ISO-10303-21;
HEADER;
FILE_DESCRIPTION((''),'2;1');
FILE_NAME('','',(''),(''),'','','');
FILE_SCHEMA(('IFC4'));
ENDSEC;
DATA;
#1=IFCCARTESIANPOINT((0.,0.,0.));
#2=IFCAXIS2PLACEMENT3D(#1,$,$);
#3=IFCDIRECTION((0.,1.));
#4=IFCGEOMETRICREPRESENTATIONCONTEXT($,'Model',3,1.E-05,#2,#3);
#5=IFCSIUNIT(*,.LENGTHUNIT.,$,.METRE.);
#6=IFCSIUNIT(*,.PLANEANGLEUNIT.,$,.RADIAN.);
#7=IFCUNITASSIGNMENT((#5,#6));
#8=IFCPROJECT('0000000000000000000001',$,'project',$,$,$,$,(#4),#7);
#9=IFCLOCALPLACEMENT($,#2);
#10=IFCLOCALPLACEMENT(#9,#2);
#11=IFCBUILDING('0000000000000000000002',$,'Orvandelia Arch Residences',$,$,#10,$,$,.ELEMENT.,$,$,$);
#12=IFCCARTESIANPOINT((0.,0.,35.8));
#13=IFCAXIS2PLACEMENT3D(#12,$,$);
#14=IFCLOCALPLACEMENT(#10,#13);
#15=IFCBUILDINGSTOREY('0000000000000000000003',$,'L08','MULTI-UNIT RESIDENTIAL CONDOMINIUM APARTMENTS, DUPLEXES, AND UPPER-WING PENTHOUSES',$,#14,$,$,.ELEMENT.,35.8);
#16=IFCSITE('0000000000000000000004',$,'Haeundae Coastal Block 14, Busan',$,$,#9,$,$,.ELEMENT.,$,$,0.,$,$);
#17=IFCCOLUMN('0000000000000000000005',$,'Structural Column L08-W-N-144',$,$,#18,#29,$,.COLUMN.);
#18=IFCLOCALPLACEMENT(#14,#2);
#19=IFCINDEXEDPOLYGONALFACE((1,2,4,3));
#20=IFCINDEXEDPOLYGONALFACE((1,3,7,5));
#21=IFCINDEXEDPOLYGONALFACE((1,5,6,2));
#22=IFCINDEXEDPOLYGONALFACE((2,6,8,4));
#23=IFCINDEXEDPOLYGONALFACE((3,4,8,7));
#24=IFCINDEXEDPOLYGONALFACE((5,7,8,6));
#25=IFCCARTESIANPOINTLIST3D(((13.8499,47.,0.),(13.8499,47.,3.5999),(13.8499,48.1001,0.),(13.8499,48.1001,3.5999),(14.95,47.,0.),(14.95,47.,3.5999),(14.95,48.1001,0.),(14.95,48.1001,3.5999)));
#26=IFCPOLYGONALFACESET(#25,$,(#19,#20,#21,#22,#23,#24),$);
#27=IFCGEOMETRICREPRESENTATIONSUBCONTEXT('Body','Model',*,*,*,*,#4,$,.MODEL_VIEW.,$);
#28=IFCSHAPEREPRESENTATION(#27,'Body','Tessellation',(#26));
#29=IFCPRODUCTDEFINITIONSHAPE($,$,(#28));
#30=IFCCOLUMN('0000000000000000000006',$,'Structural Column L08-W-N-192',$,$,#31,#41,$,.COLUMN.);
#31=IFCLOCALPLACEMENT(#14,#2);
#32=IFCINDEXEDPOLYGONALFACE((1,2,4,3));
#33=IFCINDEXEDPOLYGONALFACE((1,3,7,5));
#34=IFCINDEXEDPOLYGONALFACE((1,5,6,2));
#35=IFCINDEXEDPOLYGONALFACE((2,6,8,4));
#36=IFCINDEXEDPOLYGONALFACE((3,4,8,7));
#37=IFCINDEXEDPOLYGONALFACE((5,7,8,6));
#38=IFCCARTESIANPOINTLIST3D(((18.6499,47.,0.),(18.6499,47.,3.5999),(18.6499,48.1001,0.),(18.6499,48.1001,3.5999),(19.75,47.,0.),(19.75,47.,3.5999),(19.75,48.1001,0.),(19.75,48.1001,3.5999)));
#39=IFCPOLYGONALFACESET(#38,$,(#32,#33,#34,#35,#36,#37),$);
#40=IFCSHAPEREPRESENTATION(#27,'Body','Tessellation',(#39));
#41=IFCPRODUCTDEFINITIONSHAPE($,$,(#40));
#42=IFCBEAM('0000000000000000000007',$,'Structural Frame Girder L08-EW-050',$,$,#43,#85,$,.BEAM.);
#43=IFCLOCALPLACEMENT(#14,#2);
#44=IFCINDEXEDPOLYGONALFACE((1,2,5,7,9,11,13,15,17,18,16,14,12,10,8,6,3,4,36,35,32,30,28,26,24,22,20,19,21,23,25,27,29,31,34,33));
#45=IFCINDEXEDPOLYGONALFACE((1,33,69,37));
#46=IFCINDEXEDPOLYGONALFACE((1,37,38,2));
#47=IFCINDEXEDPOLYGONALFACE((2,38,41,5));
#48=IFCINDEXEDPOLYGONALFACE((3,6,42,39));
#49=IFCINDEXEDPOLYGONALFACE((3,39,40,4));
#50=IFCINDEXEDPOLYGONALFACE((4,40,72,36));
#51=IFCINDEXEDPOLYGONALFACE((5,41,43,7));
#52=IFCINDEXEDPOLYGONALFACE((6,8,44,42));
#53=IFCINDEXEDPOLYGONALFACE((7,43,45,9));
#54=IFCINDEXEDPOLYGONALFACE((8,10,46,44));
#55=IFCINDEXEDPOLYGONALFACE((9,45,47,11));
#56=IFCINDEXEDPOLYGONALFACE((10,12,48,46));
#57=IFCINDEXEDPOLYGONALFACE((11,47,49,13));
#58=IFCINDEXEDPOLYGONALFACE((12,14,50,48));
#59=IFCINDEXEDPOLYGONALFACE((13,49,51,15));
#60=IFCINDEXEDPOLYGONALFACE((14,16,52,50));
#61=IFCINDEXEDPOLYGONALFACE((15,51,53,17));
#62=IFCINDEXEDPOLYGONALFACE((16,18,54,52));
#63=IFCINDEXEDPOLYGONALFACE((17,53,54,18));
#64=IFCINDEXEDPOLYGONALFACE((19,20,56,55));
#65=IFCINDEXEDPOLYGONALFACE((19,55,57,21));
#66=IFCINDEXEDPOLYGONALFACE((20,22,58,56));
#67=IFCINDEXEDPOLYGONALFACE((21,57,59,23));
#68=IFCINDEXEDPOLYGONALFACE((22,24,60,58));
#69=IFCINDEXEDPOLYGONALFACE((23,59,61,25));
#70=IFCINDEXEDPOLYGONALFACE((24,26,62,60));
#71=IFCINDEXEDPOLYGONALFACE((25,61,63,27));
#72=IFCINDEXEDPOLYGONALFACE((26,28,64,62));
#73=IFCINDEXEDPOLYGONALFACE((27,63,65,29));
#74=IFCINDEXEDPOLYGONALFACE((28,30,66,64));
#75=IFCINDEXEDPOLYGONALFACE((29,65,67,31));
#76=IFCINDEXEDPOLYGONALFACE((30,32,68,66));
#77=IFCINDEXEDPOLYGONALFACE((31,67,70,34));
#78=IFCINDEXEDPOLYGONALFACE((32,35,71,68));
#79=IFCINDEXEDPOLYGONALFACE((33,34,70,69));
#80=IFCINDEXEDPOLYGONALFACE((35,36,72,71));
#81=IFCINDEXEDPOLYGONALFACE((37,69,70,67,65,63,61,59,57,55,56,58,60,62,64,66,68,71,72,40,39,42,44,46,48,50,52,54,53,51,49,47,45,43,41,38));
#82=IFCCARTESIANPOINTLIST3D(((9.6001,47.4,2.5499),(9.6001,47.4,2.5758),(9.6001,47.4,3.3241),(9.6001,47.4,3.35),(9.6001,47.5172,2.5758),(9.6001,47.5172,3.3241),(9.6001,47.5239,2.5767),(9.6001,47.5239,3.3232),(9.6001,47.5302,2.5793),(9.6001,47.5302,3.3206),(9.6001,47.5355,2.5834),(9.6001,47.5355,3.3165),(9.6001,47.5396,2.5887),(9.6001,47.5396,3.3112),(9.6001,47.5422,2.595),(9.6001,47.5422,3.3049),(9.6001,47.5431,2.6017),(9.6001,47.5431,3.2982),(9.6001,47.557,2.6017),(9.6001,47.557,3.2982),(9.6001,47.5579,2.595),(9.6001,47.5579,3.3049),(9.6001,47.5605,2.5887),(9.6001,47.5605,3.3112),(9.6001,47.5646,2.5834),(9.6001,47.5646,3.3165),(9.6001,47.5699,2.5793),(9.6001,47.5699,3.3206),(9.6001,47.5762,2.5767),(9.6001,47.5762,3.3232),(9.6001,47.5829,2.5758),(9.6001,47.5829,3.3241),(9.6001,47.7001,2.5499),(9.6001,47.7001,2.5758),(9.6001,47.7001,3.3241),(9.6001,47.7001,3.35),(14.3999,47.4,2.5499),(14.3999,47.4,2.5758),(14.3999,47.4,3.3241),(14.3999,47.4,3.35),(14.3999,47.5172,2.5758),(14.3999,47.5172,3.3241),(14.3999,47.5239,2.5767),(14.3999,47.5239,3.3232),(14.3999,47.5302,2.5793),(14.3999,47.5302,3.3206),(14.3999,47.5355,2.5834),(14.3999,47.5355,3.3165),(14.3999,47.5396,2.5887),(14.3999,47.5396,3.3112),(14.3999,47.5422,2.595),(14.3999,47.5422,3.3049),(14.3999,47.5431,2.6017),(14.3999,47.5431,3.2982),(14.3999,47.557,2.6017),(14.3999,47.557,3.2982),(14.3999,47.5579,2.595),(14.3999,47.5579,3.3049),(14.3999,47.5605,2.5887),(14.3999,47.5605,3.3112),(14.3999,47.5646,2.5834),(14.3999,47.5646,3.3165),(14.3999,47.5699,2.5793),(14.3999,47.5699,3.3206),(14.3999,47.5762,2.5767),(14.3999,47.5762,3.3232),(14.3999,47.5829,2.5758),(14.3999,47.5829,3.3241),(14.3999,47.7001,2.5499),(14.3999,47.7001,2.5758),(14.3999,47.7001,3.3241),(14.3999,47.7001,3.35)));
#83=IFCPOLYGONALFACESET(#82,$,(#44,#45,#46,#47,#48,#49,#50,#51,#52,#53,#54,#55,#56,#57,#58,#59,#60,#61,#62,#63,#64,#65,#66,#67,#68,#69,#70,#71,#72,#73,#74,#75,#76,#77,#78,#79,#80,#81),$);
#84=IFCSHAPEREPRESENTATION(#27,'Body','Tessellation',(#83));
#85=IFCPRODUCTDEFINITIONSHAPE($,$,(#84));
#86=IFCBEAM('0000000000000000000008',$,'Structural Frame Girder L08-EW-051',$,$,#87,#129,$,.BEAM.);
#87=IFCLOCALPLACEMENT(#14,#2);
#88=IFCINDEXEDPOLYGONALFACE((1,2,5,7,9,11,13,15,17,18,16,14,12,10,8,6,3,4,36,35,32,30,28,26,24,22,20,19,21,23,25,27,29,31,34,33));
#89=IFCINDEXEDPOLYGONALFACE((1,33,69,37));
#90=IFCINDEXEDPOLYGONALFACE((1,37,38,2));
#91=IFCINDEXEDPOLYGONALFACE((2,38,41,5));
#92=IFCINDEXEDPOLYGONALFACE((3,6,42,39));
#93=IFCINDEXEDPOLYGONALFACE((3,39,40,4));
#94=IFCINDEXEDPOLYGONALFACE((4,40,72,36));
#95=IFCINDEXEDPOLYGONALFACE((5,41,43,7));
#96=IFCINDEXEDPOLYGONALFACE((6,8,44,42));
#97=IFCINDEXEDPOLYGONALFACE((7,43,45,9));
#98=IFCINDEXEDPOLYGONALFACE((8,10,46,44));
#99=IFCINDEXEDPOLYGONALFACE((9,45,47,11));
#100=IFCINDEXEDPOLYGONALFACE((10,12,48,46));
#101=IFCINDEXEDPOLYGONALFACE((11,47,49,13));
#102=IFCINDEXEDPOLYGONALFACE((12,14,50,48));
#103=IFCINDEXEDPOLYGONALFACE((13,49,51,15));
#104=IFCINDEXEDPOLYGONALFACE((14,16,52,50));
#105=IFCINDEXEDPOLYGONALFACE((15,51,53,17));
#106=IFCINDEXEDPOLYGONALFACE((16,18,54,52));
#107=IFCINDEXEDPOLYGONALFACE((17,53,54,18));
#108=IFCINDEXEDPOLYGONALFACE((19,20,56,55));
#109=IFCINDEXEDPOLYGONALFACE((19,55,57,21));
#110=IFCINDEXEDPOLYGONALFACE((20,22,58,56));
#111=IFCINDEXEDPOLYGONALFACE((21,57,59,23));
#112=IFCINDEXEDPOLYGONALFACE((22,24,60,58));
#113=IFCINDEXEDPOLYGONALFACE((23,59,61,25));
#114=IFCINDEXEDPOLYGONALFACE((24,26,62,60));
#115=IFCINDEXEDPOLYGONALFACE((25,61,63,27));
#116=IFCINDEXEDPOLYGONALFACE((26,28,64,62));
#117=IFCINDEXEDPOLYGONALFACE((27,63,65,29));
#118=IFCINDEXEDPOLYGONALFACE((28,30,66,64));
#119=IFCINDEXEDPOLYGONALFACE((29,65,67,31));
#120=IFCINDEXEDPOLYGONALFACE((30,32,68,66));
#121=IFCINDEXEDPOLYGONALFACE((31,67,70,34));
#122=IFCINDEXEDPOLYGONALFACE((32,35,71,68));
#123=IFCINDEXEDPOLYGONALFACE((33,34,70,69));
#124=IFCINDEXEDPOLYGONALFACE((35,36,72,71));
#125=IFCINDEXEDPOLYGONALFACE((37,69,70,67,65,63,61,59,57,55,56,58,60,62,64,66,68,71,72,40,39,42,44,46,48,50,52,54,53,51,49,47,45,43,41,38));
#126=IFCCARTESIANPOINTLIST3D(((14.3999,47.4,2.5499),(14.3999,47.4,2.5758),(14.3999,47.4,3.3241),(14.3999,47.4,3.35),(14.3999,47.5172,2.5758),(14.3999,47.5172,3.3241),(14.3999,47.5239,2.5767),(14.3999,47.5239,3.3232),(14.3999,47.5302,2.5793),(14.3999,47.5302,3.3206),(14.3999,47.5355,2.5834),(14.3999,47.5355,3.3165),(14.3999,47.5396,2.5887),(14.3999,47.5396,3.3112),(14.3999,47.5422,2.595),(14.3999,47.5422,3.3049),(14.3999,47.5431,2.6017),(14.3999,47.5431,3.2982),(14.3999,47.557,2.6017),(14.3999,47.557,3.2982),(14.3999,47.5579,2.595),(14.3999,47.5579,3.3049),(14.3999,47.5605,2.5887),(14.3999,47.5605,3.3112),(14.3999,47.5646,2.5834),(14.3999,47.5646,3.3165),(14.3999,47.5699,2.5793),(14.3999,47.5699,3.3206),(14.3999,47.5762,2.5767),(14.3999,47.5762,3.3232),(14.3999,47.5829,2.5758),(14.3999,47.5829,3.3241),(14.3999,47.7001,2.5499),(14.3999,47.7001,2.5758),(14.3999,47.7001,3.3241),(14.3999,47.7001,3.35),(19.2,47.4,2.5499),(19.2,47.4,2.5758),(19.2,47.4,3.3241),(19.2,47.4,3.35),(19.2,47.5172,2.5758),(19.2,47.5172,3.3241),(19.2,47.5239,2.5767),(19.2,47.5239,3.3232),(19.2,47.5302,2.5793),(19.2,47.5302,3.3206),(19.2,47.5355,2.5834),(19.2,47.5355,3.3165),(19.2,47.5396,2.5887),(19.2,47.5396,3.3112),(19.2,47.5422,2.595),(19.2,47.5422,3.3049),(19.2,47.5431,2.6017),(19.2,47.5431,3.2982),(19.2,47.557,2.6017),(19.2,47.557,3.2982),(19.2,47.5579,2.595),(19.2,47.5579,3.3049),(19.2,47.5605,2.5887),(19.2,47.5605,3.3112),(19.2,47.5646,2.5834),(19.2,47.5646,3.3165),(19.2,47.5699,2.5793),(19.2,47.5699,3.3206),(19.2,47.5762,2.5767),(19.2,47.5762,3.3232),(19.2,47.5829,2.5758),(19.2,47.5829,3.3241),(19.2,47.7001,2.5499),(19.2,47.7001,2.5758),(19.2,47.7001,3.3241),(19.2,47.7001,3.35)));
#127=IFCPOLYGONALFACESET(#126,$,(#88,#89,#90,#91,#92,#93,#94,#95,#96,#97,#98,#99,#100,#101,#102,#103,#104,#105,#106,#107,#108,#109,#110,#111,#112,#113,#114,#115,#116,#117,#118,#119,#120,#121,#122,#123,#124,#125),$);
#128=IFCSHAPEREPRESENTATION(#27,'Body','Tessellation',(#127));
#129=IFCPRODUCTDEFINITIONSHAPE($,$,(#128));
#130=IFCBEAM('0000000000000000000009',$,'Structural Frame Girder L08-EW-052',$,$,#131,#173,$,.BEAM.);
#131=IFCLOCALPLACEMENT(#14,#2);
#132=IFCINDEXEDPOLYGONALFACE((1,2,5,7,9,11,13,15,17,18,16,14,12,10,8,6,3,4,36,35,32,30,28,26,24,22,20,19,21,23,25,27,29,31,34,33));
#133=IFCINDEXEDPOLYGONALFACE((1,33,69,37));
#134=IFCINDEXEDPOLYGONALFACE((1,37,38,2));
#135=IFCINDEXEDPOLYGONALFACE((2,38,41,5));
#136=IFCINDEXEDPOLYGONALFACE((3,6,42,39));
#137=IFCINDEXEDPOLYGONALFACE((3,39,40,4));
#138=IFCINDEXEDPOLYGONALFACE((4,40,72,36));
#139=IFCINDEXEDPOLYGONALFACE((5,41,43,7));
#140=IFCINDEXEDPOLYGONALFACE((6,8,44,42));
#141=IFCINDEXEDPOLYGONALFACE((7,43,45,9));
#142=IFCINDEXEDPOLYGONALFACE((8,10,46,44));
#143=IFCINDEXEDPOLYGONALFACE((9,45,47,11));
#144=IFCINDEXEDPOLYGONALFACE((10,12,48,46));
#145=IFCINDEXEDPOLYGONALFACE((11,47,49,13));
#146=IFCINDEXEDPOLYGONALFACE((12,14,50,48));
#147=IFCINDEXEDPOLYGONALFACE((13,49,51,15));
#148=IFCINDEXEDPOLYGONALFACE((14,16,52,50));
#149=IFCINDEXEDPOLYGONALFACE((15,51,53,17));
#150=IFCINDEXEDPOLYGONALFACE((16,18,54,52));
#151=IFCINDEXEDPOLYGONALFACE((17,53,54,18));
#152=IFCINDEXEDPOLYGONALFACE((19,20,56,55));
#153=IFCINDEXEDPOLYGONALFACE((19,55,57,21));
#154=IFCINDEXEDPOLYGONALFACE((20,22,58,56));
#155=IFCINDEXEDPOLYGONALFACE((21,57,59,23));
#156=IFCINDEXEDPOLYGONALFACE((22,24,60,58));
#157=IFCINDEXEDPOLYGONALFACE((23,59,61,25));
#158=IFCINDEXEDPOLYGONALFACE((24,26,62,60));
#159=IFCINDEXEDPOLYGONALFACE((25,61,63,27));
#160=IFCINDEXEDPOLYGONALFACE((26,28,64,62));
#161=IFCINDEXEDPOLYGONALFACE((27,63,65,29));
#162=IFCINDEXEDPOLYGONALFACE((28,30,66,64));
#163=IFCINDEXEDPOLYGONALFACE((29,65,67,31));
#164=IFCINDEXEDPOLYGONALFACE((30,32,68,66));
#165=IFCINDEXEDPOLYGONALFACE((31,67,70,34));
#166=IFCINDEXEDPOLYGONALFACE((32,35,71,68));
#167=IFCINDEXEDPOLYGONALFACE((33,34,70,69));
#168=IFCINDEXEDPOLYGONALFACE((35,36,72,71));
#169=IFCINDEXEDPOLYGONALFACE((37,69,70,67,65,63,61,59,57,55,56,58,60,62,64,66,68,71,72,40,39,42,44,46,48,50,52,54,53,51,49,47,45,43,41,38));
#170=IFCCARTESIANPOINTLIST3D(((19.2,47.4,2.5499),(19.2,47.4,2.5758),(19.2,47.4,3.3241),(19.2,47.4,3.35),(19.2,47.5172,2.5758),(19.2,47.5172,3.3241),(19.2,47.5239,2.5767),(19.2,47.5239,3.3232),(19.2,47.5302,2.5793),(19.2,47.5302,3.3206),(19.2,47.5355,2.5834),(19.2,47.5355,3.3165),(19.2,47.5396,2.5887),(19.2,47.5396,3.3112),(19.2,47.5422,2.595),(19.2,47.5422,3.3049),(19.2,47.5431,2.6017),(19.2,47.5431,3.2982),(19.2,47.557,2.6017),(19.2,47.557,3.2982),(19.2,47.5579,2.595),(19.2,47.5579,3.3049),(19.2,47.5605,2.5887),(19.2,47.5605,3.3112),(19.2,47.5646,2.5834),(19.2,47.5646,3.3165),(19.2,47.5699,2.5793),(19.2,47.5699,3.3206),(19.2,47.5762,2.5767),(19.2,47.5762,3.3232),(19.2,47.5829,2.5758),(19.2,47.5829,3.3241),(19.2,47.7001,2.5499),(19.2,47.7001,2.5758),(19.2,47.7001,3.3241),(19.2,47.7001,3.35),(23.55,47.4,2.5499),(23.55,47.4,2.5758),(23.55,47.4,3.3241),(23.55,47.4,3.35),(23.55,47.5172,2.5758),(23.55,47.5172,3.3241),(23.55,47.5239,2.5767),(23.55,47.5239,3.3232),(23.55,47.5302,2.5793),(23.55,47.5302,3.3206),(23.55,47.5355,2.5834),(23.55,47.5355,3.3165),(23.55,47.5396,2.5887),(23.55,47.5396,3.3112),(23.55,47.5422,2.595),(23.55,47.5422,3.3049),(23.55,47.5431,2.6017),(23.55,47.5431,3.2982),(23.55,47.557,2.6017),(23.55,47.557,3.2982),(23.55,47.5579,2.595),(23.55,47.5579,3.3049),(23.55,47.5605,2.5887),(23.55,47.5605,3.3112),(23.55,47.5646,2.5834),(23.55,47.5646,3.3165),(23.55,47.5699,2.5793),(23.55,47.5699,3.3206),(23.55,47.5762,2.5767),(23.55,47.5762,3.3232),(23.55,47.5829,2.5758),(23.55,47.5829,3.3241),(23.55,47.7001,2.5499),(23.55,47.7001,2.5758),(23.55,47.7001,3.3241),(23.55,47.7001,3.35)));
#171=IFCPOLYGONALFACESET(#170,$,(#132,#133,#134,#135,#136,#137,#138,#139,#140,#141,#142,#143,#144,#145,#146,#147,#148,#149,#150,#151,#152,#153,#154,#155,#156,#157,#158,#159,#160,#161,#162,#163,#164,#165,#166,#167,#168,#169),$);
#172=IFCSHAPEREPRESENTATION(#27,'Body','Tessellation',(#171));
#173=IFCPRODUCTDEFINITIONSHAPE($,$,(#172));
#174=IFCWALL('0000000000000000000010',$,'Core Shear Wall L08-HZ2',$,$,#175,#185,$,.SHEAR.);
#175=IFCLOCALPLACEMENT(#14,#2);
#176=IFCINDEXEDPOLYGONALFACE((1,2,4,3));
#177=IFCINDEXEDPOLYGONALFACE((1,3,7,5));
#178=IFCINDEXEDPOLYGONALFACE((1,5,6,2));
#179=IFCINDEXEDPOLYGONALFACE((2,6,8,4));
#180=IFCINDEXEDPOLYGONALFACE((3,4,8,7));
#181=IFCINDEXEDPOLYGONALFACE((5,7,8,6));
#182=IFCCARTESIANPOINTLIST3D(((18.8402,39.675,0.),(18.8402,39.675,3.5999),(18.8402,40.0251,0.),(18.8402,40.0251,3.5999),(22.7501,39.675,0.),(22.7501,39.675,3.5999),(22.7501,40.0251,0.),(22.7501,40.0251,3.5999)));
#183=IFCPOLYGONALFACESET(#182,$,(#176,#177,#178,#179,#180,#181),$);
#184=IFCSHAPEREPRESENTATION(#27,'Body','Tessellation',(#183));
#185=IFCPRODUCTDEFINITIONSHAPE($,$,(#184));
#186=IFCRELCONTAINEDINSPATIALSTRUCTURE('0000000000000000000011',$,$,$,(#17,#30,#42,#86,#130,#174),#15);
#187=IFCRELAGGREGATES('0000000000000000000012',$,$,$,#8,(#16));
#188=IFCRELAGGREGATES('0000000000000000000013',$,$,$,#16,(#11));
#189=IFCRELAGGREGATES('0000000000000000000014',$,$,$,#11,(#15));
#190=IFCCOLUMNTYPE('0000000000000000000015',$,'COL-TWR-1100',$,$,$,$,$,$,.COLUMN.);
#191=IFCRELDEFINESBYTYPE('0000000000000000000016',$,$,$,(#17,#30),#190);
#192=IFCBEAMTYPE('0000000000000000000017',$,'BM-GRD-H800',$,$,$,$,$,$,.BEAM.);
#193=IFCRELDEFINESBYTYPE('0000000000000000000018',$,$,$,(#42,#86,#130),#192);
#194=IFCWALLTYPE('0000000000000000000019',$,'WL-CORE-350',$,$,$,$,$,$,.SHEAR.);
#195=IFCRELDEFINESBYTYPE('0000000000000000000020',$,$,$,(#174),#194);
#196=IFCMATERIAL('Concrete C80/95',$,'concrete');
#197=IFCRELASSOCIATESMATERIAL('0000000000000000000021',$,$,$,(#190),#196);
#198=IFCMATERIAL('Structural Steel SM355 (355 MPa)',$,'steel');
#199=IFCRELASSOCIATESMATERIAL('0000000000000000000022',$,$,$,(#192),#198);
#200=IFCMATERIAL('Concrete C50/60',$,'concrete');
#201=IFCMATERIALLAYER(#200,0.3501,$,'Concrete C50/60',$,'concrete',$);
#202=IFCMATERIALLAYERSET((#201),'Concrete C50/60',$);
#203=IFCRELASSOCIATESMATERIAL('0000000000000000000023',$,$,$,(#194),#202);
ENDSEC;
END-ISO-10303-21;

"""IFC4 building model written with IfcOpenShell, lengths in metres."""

from ifc_helpers import new_model, si_unit, direction, frame, frame_2d, origin, origin_2d, place, context, subcontext, project, spatial, rectangle, i_section, extrude, material, layer, layer_set, material_profile, profile_set, type_object, element, save


model = new_model("IFC4")

# Units and contexts
model_context = context("Model", 3, precision=1e-05, world=origin(), true_north=direction((0.0, 1.0)))
body_context = subcontext(model_context, "Body", "Model", "MODEL_VIEW")
ifc_project = project(units=[si_unit("LENGTHUNIT", "METRE"), si_unit("PLANEANGLEUNIT", "RADIAN")], contexts=[model_context])

# Site, building, storey
site_placement = place(None, origin())
site = spatial("IfcSite", under=ifc_project, at=site_placement, Name="Haeundae Coastal Block 14, Busan", CompositionType="ELEMENT", RefElevation=0.0)
building_placement = place(site_placement, origin())
building = spatial("IfcBuilding", under=site, at=building_placement, Name="Orvandelia Arch Residences", CompositionType="ELEMENT")
storey_placement = place(building_placement, frame((0.0, 0.0, 35.8)))
storey = spatial("IfcBuildingStorey", under=building, at=storey_placement, Name="L08", Description="MULTI-UNIT RESIDENTIAL CONDOMINIUM APARTMENTS, DUPLEXES, AND UPPER-WING PENTHOUSES", CompositionType="ELEMENT", Elevation=35.8)

# Columns
ifc_material_1 = material(Name="Concrete C80/95", Category="concrete")
ifc_material_profile_1 = material_profile(ifc_material_1, rectangle(XDim=1.1001, YDim=1.1001, at=origin_2d()), Name="Concrete C80/95", Category="concrete")
ifc_profile_set_1 = profile_set([ifc_material_profile_1], Name="Concrete C80/95")
column_type = type_object("IfcColumnType", Name="COL-TWR-1100", PredefinedType="COLUMN", material=ifc_profile_set_1)
for number, where, z_axis, x_axis, name in (
    (1, (14.3999, 47.55, 0.0), (0.0, 0.0, 1.0), (1.0, 0.0, 0.0), "Structural Column L08-W-N-144"),
    (2, (19.2, 47.55, 0.0), (0.0, 0.0, 1.0), (1.0, 0.0, 0.0), "Structural Column L08-W-N-192"),
):
    element("IfcColumn", number, at=place(storey_placement, frame(where, z_axis=z_axis, x_axis=x_axis)), inside=storey, type_object=column_type, Name=name, PredefinedType="COLUMN", context=body_context, shape_type="SweptSolid", body=[
        extrude(rectangle(XDim=1.1001, YDim=1.1001, at=origin_2d()), origin(), (0.0, 0.0, 1.0), 3.5999),
    ])

# Beams
ifc_material_2 = material(Name="Structural Steel SM355 (355 MPa)", Category="steel")
ifc_material_profile_2 = material_profile(ifc_material_2, i_section(OverallWidth=0.3, OverallDepth=0.8, WebThickness=0.0139, FlangeThickness=0.0259, FilletRadius=0.0259, at=origin_2d()), Name="Structural Steel SM355 (355 MPa)", Category="steel")
ifc_profile_set_2 = profile_set([ifc_material_profile_2], Name="Structural Steel SM355 (355 MPa)")
beam_type = type_object("IfcBeamType", Name="BM-GRD-H800", PredefinedType="BEAM", material=ifc_profile_set_2)
beam_1_placement = place(storey_placement, frame((9.6001, 47.55, 2.95), z_axis=(1.0, 0.0, 0.0), x_axis=(0.0, 1.0, 0.0)))
element("IfcBeam", 3, at=beam_1_placement, inside=storey, type_object=beam_type, Name="Structural Frame Girder L08-EW-050", PredefinedType="BEAM", context=body_context, shape_type="SweptSolid", body=[
    extrude(i_section(OverallWidth=0.3, OverallDepth=0.8, WebThickness=0.0139, FlangeThickness=0.0259, FilletRadius=0.0259, at=origin_2d()), origin(), (0.0, 0.0, 1.0), 4.7998),
])
beam_2_placement = place(storey_placement, frame((14.3999, 47.55, 2.95), z_axis=(1.0, 0.0, 0.0), x_axis=(0.0, 1.0, 0.0)))
element("IfcBeam", 4, at=beam_2_placement, inside=storey, type_object=beam_type, Name="Structural Frame Girder L08-EW-051", PredefinedType="BEAM", context=body_context, shape_type="SweptSolid", body=[
    extrude(i_section(OverallWidth=0.3, OverallDepth=0.8, WebThickness=0.0139, FlangeThickness=0.0259, FilletRadius=0.0259, at=origin_2d()), origin(), (0.0, 0.0, 1.0), 4.8),
])
beam_3_placement = place(storey_placement, frame((19.2, 47.55, 2.95), z_axis=(1.0, 0.0, 0.0), x_axis=(0.0, 1.0, 0.0)))
element("IfcBeam", 5, at=beam_3_placement, inside=storey, type_object=beam_type, Name="Structural Frame Girder L08-EW-052", PredefinedType="BEAM", context=body_context, shape_type="SweptSolid", body=[
    extrude(i_section(OverallWidth=0.3, OverallDepth=0.8, WebThickness=0.0139, FlangeThickness=0.0259, FilletRadius=0.0259, at=origin_2d()), origin(), (0.0, 0.0, 1.0), 4.3501),
])

# Wall
ifc_material_3 = material(Name="Concrete C50/60", Category="concrete")
ifc_layer_1 = layer(ifc_material_3, 0.3501, Name="Concrete C50/60", Category="concrete")
ifc_layer_set_1 = layer_set([ifc_layer_1], Name="Concrete C50/60")
wall_type_1 = type_object("IfcWallType", Name="WL-CORE-350", PredefinedType="SHEAR", material=ifc_layer_set_1)
wall_1_placement = place(storey_placement, frame((18.8401, 39.8501, 0.0), z_axis=(0.0, 0.0, 1.0), x_axis=(1.0, 0.0, 0.0)))
element("IfcWall", 6, at=wall_1_placement, inside=storey, type_object=wall_type_1, Name="Core Shear Wall L08-HZ2", PredefinedType="SHEAR", context=body_context, shape_type="SweptSolid", body=[
    extrude(rectangle(XDim=3.9099, YDim=0.3501, at=frame_2d((1.9551, 0.0))), origin(), (0.0, 0.0, 1.0), 3.5999),
])

save(model, "model.ifc")
